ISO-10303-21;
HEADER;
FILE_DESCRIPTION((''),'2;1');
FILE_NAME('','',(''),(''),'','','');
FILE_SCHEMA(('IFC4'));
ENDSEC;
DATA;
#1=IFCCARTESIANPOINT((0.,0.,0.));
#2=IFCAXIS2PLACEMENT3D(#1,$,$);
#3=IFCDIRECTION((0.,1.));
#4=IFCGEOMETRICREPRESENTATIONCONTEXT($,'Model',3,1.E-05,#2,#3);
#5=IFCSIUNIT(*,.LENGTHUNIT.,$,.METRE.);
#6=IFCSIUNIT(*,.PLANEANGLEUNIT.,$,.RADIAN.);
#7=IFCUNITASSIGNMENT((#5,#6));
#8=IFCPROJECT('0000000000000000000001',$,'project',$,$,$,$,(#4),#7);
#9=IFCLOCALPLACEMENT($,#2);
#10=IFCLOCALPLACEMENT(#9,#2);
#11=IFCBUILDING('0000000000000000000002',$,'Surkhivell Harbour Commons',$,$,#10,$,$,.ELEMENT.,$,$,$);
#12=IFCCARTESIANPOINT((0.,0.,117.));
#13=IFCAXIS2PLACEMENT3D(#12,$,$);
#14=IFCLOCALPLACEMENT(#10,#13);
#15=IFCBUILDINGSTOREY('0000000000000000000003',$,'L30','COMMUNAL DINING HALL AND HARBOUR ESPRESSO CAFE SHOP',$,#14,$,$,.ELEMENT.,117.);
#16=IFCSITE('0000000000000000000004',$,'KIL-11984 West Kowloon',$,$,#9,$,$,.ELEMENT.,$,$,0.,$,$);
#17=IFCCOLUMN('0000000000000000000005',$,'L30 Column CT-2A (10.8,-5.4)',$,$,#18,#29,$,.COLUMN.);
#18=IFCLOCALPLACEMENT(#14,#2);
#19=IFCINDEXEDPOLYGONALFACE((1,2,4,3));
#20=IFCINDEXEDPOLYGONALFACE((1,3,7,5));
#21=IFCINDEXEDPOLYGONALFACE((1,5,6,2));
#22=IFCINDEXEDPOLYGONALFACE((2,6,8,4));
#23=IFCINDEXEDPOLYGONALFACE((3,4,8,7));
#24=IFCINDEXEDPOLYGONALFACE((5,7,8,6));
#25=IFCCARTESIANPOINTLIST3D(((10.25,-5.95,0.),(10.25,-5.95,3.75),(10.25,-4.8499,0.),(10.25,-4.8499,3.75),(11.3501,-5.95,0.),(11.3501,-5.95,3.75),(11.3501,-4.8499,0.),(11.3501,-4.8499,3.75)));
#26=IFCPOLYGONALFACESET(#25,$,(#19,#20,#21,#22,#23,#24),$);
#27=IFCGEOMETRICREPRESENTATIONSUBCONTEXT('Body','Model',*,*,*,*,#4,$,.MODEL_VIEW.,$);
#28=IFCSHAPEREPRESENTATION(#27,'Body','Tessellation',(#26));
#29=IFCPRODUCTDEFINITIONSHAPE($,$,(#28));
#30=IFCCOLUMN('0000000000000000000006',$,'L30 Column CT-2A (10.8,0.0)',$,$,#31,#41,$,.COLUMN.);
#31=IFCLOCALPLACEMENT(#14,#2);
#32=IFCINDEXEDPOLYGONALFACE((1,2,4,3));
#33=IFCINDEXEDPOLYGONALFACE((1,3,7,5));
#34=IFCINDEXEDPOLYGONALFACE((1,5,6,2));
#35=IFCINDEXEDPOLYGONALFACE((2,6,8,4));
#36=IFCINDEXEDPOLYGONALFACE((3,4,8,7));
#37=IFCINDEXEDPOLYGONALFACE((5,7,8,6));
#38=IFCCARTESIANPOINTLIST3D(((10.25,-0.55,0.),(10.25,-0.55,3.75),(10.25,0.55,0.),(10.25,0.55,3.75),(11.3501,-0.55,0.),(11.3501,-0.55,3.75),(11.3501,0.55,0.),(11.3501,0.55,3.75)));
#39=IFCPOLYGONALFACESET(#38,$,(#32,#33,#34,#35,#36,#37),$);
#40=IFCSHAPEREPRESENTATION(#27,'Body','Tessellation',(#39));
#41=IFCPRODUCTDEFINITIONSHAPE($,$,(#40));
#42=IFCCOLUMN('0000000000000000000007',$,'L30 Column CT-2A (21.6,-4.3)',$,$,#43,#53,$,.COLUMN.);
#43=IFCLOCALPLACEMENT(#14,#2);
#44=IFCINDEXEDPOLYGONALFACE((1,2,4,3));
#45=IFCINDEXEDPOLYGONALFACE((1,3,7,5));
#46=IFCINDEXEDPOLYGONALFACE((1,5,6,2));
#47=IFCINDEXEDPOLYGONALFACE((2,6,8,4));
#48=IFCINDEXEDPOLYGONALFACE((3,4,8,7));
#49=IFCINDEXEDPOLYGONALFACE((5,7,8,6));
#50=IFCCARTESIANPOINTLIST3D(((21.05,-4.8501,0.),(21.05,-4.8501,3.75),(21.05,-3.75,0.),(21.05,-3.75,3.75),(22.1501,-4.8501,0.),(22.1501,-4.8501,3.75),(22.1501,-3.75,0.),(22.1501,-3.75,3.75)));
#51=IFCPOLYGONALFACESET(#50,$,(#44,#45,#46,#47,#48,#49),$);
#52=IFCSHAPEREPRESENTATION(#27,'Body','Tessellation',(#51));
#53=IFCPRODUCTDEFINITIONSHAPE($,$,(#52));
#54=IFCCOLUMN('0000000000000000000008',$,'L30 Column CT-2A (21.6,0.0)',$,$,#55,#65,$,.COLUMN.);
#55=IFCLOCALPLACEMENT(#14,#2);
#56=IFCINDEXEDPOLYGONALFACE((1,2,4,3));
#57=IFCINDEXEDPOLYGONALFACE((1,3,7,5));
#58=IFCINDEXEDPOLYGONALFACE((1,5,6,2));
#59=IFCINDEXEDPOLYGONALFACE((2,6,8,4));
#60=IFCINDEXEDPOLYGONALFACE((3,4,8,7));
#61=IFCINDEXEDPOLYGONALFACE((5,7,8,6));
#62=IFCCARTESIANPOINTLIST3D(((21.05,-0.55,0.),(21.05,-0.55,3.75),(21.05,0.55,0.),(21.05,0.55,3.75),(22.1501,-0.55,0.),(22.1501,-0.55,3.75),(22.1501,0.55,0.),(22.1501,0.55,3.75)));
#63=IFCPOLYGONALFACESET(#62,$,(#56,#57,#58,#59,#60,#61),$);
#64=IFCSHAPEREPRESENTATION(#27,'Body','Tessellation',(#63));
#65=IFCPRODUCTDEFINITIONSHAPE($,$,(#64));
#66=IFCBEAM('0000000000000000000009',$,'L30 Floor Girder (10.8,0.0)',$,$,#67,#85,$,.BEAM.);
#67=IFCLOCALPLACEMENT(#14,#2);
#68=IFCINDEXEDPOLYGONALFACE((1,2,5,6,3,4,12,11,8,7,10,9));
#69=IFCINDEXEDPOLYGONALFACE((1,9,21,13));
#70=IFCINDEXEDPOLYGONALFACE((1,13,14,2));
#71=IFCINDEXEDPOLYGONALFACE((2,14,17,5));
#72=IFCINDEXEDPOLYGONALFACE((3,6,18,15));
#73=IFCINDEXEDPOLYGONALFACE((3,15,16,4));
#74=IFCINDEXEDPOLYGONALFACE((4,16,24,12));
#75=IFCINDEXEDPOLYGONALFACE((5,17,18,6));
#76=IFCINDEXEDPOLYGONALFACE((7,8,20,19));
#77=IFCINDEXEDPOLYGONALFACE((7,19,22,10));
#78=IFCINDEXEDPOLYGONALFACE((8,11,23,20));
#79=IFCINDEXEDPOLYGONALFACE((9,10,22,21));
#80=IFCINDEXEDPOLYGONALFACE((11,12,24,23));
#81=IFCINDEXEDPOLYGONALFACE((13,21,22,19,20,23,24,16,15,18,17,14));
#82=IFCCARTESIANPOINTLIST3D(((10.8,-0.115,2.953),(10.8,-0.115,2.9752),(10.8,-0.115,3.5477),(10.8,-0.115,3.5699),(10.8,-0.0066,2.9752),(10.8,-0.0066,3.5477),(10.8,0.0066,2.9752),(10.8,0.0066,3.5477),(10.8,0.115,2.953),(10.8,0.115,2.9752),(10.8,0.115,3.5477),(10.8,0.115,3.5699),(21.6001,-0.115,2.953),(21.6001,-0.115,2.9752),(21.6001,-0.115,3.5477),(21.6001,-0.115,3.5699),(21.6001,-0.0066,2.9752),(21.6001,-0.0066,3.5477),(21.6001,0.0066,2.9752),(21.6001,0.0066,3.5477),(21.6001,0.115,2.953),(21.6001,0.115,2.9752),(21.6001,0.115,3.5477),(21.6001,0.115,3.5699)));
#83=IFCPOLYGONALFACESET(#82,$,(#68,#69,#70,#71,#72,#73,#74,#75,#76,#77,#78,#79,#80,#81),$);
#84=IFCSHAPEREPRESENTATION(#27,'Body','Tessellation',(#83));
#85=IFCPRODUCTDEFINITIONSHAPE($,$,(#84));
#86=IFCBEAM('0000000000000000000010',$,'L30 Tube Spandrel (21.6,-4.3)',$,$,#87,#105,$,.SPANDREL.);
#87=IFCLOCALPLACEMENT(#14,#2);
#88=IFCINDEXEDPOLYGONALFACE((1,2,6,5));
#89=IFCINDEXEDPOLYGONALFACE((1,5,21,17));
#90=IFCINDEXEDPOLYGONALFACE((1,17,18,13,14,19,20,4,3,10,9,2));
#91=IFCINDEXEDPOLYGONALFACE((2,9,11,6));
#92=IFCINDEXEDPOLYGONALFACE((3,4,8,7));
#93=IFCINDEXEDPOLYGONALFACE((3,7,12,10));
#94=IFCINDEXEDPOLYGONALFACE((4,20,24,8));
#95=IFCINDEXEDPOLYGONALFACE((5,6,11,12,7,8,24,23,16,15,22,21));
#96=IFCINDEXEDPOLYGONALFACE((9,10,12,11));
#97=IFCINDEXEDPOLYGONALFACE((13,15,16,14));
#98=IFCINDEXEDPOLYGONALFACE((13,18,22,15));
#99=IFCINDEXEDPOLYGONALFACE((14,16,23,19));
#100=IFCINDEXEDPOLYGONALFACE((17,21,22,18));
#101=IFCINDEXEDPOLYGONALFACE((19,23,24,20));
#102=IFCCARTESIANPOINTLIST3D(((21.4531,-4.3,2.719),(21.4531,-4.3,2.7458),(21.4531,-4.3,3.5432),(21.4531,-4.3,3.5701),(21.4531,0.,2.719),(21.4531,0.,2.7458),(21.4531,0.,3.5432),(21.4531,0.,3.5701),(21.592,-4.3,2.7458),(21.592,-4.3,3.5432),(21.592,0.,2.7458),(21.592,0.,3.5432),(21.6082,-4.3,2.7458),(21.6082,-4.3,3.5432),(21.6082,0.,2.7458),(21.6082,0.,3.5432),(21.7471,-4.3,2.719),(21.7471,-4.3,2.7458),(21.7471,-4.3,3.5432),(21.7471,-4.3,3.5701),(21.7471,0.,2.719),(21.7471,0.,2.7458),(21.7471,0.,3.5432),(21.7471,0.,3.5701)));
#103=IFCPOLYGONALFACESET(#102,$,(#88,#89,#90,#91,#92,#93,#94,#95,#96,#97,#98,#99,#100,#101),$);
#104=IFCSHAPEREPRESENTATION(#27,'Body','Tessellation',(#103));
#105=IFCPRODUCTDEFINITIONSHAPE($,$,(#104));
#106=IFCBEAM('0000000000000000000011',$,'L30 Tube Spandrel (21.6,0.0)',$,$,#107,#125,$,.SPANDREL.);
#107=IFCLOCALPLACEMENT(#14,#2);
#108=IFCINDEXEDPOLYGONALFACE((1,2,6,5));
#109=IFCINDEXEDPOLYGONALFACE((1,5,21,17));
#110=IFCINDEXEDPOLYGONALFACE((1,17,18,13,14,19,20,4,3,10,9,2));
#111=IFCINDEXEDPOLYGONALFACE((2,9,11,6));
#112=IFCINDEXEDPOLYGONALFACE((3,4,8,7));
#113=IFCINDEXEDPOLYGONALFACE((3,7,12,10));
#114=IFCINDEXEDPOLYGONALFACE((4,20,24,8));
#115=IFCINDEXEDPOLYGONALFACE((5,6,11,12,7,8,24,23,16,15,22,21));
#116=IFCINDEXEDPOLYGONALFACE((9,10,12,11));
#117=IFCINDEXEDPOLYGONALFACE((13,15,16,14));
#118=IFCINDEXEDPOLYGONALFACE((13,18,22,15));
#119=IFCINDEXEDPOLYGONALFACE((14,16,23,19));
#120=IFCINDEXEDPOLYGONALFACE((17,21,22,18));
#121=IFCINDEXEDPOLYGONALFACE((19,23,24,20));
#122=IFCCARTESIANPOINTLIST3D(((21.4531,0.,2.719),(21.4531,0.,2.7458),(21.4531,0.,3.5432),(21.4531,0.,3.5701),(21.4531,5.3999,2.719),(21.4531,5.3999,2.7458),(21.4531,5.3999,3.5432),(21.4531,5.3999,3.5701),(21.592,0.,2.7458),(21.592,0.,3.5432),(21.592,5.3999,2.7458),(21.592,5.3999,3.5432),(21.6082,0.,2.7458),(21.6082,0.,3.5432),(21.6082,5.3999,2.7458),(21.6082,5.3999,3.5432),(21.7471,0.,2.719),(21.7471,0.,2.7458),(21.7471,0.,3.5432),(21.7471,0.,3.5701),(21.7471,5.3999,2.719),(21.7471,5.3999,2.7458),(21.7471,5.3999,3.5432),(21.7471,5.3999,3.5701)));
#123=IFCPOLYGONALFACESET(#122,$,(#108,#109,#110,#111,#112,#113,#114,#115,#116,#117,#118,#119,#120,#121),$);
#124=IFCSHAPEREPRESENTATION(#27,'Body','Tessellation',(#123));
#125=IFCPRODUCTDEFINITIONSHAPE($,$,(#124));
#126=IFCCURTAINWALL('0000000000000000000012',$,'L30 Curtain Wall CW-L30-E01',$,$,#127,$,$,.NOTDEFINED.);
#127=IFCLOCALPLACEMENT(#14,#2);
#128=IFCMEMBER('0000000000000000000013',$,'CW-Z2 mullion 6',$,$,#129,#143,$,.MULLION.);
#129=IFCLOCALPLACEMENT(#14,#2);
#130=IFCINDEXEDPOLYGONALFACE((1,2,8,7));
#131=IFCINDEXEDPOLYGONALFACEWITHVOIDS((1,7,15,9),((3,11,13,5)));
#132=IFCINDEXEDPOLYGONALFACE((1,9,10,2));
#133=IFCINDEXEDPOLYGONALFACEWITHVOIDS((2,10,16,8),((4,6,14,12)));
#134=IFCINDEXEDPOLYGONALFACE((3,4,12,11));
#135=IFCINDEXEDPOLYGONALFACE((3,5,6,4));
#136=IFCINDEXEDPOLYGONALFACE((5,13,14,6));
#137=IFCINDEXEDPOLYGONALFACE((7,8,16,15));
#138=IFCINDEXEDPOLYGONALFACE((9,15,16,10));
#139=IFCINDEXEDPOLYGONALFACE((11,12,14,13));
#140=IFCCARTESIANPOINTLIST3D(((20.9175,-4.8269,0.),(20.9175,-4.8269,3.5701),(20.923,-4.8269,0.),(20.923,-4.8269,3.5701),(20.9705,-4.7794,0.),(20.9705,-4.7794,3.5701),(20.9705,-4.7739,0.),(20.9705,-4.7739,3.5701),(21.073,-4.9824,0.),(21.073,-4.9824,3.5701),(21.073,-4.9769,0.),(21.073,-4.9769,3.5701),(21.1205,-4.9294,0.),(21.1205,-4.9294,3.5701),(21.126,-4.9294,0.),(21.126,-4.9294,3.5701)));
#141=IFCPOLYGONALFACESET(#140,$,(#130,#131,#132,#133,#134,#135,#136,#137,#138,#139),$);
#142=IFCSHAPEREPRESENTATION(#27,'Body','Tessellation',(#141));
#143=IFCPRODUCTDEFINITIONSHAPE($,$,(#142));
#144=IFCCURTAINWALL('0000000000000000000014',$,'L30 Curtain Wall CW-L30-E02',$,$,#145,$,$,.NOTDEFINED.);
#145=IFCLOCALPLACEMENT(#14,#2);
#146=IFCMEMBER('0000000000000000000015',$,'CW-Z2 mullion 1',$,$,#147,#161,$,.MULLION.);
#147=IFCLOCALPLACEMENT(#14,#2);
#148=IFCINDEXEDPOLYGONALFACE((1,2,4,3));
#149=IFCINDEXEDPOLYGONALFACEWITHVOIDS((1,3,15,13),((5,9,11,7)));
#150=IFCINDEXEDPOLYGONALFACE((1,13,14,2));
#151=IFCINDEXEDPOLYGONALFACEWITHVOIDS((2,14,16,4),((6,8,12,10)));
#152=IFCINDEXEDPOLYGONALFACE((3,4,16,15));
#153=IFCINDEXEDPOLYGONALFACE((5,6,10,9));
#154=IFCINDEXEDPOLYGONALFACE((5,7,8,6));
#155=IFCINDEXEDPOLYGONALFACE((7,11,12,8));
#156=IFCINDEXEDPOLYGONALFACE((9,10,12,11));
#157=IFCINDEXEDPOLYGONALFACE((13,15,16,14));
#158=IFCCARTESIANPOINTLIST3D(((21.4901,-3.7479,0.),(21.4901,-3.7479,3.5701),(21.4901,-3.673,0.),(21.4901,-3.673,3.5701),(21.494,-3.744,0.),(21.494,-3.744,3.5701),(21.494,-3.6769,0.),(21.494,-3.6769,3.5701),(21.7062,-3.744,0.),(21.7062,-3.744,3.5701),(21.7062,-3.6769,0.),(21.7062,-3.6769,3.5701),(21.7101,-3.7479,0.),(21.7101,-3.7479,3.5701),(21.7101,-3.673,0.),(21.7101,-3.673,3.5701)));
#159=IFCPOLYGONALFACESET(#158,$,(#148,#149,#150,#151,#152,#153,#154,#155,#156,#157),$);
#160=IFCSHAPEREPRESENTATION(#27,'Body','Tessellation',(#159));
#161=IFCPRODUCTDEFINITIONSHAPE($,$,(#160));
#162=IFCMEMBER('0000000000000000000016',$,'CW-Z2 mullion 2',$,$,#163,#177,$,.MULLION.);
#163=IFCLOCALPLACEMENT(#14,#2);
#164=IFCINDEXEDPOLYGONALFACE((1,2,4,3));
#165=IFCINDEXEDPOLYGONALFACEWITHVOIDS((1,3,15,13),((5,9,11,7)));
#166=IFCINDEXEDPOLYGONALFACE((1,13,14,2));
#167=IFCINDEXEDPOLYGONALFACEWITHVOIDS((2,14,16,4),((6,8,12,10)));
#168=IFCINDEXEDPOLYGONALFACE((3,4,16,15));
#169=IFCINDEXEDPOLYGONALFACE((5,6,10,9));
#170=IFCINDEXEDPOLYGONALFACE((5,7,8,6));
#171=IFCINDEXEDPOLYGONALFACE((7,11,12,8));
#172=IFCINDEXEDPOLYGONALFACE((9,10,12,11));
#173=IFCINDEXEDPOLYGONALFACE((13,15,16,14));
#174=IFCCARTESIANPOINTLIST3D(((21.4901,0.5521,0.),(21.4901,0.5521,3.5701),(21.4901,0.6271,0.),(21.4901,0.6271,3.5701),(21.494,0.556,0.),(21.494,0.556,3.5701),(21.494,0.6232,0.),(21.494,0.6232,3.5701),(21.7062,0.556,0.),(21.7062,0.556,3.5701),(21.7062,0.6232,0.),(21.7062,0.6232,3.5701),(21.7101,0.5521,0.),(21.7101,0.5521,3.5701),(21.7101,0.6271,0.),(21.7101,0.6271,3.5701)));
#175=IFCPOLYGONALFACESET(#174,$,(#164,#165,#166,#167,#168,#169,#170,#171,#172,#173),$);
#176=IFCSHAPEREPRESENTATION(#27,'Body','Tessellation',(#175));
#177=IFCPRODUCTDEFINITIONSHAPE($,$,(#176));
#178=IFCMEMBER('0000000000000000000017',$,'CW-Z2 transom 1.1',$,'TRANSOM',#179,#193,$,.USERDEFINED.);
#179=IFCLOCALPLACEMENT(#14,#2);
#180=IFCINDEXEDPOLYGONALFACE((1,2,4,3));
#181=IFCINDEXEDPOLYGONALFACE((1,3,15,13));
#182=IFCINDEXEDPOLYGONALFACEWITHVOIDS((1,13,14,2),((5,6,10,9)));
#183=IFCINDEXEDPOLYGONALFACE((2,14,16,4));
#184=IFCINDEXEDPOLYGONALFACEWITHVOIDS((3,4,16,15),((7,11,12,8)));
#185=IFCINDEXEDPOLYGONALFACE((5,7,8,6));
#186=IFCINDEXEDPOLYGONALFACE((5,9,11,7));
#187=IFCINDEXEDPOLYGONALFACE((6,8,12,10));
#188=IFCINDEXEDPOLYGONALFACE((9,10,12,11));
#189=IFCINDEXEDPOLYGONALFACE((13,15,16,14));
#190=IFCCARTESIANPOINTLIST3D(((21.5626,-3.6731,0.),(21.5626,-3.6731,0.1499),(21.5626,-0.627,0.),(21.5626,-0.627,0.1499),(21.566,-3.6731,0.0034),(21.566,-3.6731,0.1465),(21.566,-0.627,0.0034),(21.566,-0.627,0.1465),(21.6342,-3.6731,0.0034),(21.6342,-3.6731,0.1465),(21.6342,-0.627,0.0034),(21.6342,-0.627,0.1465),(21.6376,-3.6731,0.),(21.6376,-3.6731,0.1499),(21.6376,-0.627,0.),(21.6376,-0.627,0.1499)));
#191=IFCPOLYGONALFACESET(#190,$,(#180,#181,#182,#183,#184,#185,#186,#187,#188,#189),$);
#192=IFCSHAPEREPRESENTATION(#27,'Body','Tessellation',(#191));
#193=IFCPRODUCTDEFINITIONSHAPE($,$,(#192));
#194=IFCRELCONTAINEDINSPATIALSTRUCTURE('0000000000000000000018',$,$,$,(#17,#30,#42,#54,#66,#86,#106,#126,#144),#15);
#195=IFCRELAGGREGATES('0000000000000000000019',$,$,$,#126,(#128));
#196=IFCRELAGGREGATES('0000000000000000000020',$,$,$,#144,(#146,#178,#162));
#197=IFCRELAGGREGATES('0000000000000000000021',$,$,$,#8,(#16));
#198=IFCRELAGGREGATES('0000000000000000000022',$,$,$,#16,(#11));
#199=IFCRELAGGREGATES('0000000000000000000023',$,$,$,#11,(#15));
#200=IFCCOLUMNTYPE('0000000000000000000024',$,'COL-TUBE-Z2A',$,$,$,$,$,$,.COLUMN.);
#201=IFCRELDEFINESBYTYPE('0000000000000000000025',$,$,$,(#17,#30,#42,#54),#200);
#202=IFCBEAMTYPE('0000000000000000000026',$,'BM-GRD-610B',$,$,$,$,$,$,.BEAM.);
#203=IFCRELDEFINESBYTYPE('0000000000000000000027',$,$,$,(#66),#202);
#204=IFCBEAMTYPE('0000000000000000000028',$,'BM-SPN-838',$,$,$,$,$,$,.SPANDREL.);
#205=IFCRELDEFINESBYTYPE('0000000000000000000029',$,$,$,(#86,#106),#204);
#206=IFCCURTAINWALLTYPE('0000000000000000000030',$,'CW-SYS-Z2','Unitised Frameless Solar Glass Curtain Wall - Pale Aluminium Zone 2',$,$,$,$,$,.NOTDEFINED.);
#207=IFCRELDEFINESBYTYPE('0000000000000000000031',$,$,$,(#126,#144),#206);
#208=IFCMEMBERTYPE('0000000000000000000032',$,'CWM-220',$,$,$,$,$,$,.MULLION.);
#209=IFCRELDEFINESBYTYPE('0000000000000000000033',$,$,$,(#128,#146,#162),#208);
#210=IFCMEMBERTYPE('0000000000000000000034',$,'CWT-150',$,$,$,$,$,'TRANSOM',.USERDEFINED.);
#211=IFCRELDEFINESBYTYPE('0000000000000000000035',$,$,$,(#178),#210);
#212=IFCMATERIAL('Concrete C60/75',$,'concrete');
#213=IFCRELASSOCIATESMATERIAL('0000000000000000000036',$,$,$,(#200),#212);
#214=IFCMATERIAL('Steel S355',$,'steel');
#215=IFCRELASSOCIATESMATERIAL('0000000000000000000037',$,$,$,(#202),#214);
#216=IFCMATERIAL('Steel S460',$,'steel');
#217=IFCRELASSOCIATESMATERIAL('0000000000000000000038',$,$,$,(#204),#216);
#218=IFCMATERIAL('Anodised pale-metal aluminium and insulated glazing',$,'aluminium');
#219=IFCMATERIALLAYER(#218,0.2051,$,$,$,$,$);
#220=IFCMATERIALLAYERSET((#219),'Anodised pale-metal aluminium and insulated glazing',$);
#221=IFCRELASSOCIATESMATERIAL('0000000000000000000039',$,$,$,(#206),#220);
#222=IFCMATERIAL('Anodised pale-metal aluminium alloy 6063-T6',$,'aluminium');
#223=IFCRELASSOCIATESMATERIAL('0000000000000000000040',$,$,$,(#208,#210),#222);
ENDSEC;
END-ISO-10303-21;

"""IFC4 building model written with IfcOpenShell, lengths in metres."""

from ifc_helpers import new_model, si_unit, direction, frame, origin, origin_2d, place, context, subcontext, project, spatial, rectangle, hollow_rectangle, i_section, extrude, material, layer, layer_set, material_profile, profile_set, type_object, element, aggregate, save


model = new_model("IFC4")

# Units and contexts
model_context = context("Model", 3, precision=1e-05, world=origin(), true_north=direction((0.0, 1.0)))
body_context = subcontext(model_context, "Body", "Model", "MODEL_VIEW")
ifc_project = project(units=[si_unit("LENGTHUNIT", "METRE"), si_unit("PLANEANGLEUNIT", "RADIAN")], contexts=[model_context])

# Site, building, storey
site_placement = place(None, origin())
site = spatial("IfcSite", under=ifc_project, at=site_placement, Name="KIL-11984 West Kowloon", CompositionType="ELEMENT", RefElevation=0.0)
building_placement = place(site_placement, origin())
building = spatial("IfcBuilding", under=site, at=building_placement, Name="Surkhivell Harbour Commons", CompositionType="ELEMENT")
storey_placement = place(building_placement, frame((0.0, 0.0, 117.0)))
storey = spatial("IfcBuildingStorey", under=building, at=storey_placement, Name="L30", Description="COMMUNAL DINING HALL AND HARBOUR ESPRESSO CAFE SHOP", CompositionType="ELEMENT", Elevation=117.0)

# Columns
ifc_material_1 = material(Name="Concrete C60/75", Category="concrete")
ifc_material_profile_1 = material_profile(ifc_material_1, rectangle(XDim=1.1001, YDim=1.1001, at=origin_2d()), Name="RC-COL-1100x1100")
ifc_profile_set_1 = profile_set([ifc_material_profile_1], Name="Concrete C60/75")
column_type = type_object("IfcColumnType", Name="COL-TUBE-Z2A", PredefinedType="COLUMN", material=ifc_profile_set_1)
for number, where, z_axis, x_axis, name in (
    (1, (10.8, -5.3999, 0.0), (0.0, 0.0, 1.0), (1.0, 0.0, 0.0), "L30 Column CT-2A (10.8,-5.4)"),
    (2, (10.8, 0.0, 0.0), (0.0, 0.0, 1.0), (1.0, 0.0, 0.0), "L30 Column CT-2A (10.8,0.0)"),
    (3, (21.6001, -4.3, 0.0), (0.0, 0.0, 1.0), (1.0, 0.0, 0.0), "L30 Column CT-2A (21.6,-4.3)"),
    (4, (21.6001, 0.0, 0.0), (0.0, 0.0, 1.0), (1.0, 0.0, 0.0), "L30 Column CT-2A (21.6,0.0)"),
):
    element("IfcColumn", number, at=place(storey_placement, frame(where, z_axis=z_axis, x_axis=x_axis)), inside=storey, type_object=column_type, Name=name, PredefinedType="COLUMN", context=body_context, shape_type="SweptSolid", body=[
        extrude(rectangle(XDim=1.1001, YDim=1.1001, at=origin_2d()), origin(), (0.0, 0.0, 1.0), 3.75),
    ])

# Beams
ifc_material_2 = material(Name="Steel S355", Category="steel")
ifc_material_profile_2 = material_profile(ifc_material_2, i_section(OverallWidth=0.23, OverallDepth=0.6169, WebThickness=0.0132, FlangeThickness=0.0222, at=origin_2d()), Name="UB610x229x140")
ifc_profile_set_2 = profile_set([ifc_material_profile_2], Name="Steel S355")
beam_type_1 = type_object("IfcBeamType", Name="BM-GRD-610B", PredefinedType="BEAM", material=ifc_profile_set_2)
beam_1_placement = place(storey_placement, frame((10.8, 0.0, 3.2615), z_axis=(1.0, 0.0, 0.0), x_axis=(0.0, 1.0, 0.0)))
element("IfcBeam", 5, at=beam_1_placement, inside=storey, type_object=beam_type_1, Name="L30 Floor Girder (10.8,0.0)", PredefinedType="BEAM", context=body_context, shape_type="SweptSolid", body=[
    extrude(i_section(OverallWidth=0.23, OverallDepth=0.6169, WebThickness=0.0132, FlangeThickness=0.0222, at=origin_2d()), origin(), (0.0, 0.0, 1.0), 10.8),
])
ifc_material_3 = material(Name="Steel S460", Category="steel")
ifc_material_profile_3 = material_profile(ifc_material_3, i_section(OverallWidth=0.2939, OverallDepth=0.8511, WebThickness=0.0161, FlangeThickness=0.0269, at=origin_2d()), Name="UB838x292x226")
ifc_profile_set_3 = profile_set([ifc_material_profile_3], Name="Steel S460")
beam_type_2 = type_object("IfcBeamType", Name="BM-SPN-838", PredefinedType="SPANDREL", material=ifc_profile_set_3)
beam_2_placement = place(storey_placement, frame((21.6001, -4.3, 3.1445), z_axis=(0.0, 1.0, 0.0), x_axis=(-1.0, 0.0, 0.0)))
element("IfcBeam", 6, at=beam_2_placement, inside=storey, type_object=beam_type_2, Name="L30 Tube Spandrel (21.6,-4.3)", PredefinedType="SPANDREL", context=body_context, shape_type="SweptSolid", body=[
    extrude(i_section(OverallWidth=0.2939, OverallDepth=0.8511, WebThickness=0.0161, FlangeThickness=0.0269, at=origin_2d()), origin(), (0.0, 0.0, 1.0), 4.3),
])
beam_3_placement = place(storey_placement, frame((21.6001, 0.0, 3.1445), z_axis=(0.0, 1.0, 0.0), x_axis=(-1.0, 0.0, 0.0)))
element("IfcBeam", 7, at=beam_3_placement, inside=storey, type_object=beam_type_2, Name="L30 Tube Spandrel (21.6,0.0)", PredefinedType="SPANDREL", context=body_context, shape_type="SweptSolid", body=[
    extrude(i_section(OverallWidth=0.2939, OverallDepth=0.8511, WebThickness=0.0161, FlangeThickness=0.0269, at=origin_2d()), origin(), (0.0, 0.0, 1.0), 5.3999),
])

# Curtain wall, member
ifc_material_4 = material(Name="Anodised pale-metal aluminium and insulated glazing", Category="aluminium")
ifc_layer_1 = layer(ifc_material_4, 0.2051)
ifc_layer_set_1 = layer_set([ifc_layer_1], Name="Anodised pale-metal aluminium and insulated glazing")
curtain_wall_type = type_object("IfcCurtainWallType", Name="CW-SYS-Z2", Description="Unitised Frameless Solar Glass Curtain Wall - Pale Aluminium Zone 2", PredefinedType="NOTDEFINED", material=ifc_layer_set_1)
curtain_wall_1_placement = place(storey_placement, origin())
curtain_wall_1 = element("IfcCurtainWall", 8, at=curtain_wall_1_placement, inside=storey, type_object=curtain_wall_type, Name="L30 Curtain Wall CW-L30-E01", PredefinedType="NOTDEFINED")
ifc_material_5 = material(Name="Anodised pale-metal aluminium alloy 6063-T6", Category="aluminium")
ifc_material_profile_4 = material_profile(ifc_material_5, hollow_rectangle(XDim=0.075, YDim=0.22, WallThickness=0.0039, at=origin_2d()), Name="ALU-MULL-75x220")
ifc_profile_set_4 = profile_set([ifc_material_profile_4], Name="Anodised pale-metal aluminium alloy 6063-T6")
member_type_1 = type_object("IfcMemberType", Name="CWM-220", PredefinedType="MULLION", material=ifc_profile_set_4)
member_1_placement = place(storey_placement, frame((21.0217, -4.8782, 0.0), z_axis=(0.0, 0.0, 1.0), x_axis=(0.707107, 0.707107, 0.0)))
member_1 = element("IfcMember", 9, at=member_1_placement, type_object=member_type_1, Name="CW-Z2 mullion 6", PredefinedType="MULLION", context=body_context, shape_type="SweptSolid", body=[
    extrude(hollow_rectangle(XDim=0.075, YDim=0.22, WallThickness=0.0039, at=origin_2d()), origin(), (0.0, 0.0, 1.0), 3.5701),
])
aggregate(curtain_wall_1, [member_1])

# Curtain wall, members
curtain_wall_2_placement = place(storey_placement, origin())
curtain_wall_2 = element("IfcCurtainWall", 10, at=curtain_wall_2_placement, inside=storey, type_object=curtain_wall_type, Name="L30 Curtain Wall CW-L30-E02", PredefinedType="NOTDEFINED")
member_2_placement = place(storey_placement, frame((21.6001, -3.7104, 0.0), z_axis=(0.0, 0.0, 1.0), x_axis=(0.0, 1.0, 0.0)))
member_2 = element("IfcMember", 11, at=member_2_placement, type_object=member_type_1, Name="CW-Z2 mullion 1", PredefinedType="MULLION", context=body_context, shape_type="SweptSolid", body=[
    extrude(hollow_rectangle(XDim=0.075, YDim=0.22, WallThickness=0.0039, at=origin_2d()), origin(), (0.0, 0.0, 1.0), 3.5701),
])
member_3_placement = place(storey_placement, frame((21.6001, 0.5896, 0.0), z_axis=(0.0, 0.0, 1.0), x_axis=(0.0, 1.0, 0.0)))
member_3 = element("IfcMember", 12, at=member_3_placement, type_object=member_type_1, Name="CW-Z2 mullion 2", PredefinedType="MULLION", context=body_context, shape_type="SweptSolid", body=[
    extrude(hollow_rectangle(XDim=0.075, YDim=0.22, WallThickness=0.0039, at=origin_2d()), origin(), (0.0, 0.0, 1.0), 3.5701),
])
ifc_material_profile_5 = material_profile(ifc_material_5, hollow_rectangle(XDim=0.075, YDim=0.1499, WallThickness=0.0034, at=origin_2d()), Name="ALU-TRAN-75x150")
ifc_profile_set_5 = profile_set([ifc_material_profile_5], Name="Anodised pale-metal aluminium alloy 6063-T6")
member_type_2 = type_object("IfcMemberType", Name="CWT-150", ElementType="TRANSOM", PredefinedType="USERDEFINED", material=ifc_profile_set_5)
member_4_placement = place(storey_placement, frame((21.6001, -3.6731, 0.075), z_axis=(0.0, 1.0, 0.0), x_axis=(-1.0, 0.0, 0.0)))
member_4 = element("IfcMember", 13, at=member_4_placement, type_object=member_type_2, Name="CW-Z2 transom 1.1", ObjectType="TRANSOM", PredefinedType="USERDEFINED", context=body_context, shape_type="SweptSolid", body=[
    extrude(hollow_rectangle(XDim=0.075, YDim=0.1499, WallThickness=0.0034, at=origin_2d()), origin(), (0.0, 0.0, 1.0), 3.0461),
])
aggregate(curtain_wall_2, [member_2, member_4, member_3])

save(model, "model.ifc")
